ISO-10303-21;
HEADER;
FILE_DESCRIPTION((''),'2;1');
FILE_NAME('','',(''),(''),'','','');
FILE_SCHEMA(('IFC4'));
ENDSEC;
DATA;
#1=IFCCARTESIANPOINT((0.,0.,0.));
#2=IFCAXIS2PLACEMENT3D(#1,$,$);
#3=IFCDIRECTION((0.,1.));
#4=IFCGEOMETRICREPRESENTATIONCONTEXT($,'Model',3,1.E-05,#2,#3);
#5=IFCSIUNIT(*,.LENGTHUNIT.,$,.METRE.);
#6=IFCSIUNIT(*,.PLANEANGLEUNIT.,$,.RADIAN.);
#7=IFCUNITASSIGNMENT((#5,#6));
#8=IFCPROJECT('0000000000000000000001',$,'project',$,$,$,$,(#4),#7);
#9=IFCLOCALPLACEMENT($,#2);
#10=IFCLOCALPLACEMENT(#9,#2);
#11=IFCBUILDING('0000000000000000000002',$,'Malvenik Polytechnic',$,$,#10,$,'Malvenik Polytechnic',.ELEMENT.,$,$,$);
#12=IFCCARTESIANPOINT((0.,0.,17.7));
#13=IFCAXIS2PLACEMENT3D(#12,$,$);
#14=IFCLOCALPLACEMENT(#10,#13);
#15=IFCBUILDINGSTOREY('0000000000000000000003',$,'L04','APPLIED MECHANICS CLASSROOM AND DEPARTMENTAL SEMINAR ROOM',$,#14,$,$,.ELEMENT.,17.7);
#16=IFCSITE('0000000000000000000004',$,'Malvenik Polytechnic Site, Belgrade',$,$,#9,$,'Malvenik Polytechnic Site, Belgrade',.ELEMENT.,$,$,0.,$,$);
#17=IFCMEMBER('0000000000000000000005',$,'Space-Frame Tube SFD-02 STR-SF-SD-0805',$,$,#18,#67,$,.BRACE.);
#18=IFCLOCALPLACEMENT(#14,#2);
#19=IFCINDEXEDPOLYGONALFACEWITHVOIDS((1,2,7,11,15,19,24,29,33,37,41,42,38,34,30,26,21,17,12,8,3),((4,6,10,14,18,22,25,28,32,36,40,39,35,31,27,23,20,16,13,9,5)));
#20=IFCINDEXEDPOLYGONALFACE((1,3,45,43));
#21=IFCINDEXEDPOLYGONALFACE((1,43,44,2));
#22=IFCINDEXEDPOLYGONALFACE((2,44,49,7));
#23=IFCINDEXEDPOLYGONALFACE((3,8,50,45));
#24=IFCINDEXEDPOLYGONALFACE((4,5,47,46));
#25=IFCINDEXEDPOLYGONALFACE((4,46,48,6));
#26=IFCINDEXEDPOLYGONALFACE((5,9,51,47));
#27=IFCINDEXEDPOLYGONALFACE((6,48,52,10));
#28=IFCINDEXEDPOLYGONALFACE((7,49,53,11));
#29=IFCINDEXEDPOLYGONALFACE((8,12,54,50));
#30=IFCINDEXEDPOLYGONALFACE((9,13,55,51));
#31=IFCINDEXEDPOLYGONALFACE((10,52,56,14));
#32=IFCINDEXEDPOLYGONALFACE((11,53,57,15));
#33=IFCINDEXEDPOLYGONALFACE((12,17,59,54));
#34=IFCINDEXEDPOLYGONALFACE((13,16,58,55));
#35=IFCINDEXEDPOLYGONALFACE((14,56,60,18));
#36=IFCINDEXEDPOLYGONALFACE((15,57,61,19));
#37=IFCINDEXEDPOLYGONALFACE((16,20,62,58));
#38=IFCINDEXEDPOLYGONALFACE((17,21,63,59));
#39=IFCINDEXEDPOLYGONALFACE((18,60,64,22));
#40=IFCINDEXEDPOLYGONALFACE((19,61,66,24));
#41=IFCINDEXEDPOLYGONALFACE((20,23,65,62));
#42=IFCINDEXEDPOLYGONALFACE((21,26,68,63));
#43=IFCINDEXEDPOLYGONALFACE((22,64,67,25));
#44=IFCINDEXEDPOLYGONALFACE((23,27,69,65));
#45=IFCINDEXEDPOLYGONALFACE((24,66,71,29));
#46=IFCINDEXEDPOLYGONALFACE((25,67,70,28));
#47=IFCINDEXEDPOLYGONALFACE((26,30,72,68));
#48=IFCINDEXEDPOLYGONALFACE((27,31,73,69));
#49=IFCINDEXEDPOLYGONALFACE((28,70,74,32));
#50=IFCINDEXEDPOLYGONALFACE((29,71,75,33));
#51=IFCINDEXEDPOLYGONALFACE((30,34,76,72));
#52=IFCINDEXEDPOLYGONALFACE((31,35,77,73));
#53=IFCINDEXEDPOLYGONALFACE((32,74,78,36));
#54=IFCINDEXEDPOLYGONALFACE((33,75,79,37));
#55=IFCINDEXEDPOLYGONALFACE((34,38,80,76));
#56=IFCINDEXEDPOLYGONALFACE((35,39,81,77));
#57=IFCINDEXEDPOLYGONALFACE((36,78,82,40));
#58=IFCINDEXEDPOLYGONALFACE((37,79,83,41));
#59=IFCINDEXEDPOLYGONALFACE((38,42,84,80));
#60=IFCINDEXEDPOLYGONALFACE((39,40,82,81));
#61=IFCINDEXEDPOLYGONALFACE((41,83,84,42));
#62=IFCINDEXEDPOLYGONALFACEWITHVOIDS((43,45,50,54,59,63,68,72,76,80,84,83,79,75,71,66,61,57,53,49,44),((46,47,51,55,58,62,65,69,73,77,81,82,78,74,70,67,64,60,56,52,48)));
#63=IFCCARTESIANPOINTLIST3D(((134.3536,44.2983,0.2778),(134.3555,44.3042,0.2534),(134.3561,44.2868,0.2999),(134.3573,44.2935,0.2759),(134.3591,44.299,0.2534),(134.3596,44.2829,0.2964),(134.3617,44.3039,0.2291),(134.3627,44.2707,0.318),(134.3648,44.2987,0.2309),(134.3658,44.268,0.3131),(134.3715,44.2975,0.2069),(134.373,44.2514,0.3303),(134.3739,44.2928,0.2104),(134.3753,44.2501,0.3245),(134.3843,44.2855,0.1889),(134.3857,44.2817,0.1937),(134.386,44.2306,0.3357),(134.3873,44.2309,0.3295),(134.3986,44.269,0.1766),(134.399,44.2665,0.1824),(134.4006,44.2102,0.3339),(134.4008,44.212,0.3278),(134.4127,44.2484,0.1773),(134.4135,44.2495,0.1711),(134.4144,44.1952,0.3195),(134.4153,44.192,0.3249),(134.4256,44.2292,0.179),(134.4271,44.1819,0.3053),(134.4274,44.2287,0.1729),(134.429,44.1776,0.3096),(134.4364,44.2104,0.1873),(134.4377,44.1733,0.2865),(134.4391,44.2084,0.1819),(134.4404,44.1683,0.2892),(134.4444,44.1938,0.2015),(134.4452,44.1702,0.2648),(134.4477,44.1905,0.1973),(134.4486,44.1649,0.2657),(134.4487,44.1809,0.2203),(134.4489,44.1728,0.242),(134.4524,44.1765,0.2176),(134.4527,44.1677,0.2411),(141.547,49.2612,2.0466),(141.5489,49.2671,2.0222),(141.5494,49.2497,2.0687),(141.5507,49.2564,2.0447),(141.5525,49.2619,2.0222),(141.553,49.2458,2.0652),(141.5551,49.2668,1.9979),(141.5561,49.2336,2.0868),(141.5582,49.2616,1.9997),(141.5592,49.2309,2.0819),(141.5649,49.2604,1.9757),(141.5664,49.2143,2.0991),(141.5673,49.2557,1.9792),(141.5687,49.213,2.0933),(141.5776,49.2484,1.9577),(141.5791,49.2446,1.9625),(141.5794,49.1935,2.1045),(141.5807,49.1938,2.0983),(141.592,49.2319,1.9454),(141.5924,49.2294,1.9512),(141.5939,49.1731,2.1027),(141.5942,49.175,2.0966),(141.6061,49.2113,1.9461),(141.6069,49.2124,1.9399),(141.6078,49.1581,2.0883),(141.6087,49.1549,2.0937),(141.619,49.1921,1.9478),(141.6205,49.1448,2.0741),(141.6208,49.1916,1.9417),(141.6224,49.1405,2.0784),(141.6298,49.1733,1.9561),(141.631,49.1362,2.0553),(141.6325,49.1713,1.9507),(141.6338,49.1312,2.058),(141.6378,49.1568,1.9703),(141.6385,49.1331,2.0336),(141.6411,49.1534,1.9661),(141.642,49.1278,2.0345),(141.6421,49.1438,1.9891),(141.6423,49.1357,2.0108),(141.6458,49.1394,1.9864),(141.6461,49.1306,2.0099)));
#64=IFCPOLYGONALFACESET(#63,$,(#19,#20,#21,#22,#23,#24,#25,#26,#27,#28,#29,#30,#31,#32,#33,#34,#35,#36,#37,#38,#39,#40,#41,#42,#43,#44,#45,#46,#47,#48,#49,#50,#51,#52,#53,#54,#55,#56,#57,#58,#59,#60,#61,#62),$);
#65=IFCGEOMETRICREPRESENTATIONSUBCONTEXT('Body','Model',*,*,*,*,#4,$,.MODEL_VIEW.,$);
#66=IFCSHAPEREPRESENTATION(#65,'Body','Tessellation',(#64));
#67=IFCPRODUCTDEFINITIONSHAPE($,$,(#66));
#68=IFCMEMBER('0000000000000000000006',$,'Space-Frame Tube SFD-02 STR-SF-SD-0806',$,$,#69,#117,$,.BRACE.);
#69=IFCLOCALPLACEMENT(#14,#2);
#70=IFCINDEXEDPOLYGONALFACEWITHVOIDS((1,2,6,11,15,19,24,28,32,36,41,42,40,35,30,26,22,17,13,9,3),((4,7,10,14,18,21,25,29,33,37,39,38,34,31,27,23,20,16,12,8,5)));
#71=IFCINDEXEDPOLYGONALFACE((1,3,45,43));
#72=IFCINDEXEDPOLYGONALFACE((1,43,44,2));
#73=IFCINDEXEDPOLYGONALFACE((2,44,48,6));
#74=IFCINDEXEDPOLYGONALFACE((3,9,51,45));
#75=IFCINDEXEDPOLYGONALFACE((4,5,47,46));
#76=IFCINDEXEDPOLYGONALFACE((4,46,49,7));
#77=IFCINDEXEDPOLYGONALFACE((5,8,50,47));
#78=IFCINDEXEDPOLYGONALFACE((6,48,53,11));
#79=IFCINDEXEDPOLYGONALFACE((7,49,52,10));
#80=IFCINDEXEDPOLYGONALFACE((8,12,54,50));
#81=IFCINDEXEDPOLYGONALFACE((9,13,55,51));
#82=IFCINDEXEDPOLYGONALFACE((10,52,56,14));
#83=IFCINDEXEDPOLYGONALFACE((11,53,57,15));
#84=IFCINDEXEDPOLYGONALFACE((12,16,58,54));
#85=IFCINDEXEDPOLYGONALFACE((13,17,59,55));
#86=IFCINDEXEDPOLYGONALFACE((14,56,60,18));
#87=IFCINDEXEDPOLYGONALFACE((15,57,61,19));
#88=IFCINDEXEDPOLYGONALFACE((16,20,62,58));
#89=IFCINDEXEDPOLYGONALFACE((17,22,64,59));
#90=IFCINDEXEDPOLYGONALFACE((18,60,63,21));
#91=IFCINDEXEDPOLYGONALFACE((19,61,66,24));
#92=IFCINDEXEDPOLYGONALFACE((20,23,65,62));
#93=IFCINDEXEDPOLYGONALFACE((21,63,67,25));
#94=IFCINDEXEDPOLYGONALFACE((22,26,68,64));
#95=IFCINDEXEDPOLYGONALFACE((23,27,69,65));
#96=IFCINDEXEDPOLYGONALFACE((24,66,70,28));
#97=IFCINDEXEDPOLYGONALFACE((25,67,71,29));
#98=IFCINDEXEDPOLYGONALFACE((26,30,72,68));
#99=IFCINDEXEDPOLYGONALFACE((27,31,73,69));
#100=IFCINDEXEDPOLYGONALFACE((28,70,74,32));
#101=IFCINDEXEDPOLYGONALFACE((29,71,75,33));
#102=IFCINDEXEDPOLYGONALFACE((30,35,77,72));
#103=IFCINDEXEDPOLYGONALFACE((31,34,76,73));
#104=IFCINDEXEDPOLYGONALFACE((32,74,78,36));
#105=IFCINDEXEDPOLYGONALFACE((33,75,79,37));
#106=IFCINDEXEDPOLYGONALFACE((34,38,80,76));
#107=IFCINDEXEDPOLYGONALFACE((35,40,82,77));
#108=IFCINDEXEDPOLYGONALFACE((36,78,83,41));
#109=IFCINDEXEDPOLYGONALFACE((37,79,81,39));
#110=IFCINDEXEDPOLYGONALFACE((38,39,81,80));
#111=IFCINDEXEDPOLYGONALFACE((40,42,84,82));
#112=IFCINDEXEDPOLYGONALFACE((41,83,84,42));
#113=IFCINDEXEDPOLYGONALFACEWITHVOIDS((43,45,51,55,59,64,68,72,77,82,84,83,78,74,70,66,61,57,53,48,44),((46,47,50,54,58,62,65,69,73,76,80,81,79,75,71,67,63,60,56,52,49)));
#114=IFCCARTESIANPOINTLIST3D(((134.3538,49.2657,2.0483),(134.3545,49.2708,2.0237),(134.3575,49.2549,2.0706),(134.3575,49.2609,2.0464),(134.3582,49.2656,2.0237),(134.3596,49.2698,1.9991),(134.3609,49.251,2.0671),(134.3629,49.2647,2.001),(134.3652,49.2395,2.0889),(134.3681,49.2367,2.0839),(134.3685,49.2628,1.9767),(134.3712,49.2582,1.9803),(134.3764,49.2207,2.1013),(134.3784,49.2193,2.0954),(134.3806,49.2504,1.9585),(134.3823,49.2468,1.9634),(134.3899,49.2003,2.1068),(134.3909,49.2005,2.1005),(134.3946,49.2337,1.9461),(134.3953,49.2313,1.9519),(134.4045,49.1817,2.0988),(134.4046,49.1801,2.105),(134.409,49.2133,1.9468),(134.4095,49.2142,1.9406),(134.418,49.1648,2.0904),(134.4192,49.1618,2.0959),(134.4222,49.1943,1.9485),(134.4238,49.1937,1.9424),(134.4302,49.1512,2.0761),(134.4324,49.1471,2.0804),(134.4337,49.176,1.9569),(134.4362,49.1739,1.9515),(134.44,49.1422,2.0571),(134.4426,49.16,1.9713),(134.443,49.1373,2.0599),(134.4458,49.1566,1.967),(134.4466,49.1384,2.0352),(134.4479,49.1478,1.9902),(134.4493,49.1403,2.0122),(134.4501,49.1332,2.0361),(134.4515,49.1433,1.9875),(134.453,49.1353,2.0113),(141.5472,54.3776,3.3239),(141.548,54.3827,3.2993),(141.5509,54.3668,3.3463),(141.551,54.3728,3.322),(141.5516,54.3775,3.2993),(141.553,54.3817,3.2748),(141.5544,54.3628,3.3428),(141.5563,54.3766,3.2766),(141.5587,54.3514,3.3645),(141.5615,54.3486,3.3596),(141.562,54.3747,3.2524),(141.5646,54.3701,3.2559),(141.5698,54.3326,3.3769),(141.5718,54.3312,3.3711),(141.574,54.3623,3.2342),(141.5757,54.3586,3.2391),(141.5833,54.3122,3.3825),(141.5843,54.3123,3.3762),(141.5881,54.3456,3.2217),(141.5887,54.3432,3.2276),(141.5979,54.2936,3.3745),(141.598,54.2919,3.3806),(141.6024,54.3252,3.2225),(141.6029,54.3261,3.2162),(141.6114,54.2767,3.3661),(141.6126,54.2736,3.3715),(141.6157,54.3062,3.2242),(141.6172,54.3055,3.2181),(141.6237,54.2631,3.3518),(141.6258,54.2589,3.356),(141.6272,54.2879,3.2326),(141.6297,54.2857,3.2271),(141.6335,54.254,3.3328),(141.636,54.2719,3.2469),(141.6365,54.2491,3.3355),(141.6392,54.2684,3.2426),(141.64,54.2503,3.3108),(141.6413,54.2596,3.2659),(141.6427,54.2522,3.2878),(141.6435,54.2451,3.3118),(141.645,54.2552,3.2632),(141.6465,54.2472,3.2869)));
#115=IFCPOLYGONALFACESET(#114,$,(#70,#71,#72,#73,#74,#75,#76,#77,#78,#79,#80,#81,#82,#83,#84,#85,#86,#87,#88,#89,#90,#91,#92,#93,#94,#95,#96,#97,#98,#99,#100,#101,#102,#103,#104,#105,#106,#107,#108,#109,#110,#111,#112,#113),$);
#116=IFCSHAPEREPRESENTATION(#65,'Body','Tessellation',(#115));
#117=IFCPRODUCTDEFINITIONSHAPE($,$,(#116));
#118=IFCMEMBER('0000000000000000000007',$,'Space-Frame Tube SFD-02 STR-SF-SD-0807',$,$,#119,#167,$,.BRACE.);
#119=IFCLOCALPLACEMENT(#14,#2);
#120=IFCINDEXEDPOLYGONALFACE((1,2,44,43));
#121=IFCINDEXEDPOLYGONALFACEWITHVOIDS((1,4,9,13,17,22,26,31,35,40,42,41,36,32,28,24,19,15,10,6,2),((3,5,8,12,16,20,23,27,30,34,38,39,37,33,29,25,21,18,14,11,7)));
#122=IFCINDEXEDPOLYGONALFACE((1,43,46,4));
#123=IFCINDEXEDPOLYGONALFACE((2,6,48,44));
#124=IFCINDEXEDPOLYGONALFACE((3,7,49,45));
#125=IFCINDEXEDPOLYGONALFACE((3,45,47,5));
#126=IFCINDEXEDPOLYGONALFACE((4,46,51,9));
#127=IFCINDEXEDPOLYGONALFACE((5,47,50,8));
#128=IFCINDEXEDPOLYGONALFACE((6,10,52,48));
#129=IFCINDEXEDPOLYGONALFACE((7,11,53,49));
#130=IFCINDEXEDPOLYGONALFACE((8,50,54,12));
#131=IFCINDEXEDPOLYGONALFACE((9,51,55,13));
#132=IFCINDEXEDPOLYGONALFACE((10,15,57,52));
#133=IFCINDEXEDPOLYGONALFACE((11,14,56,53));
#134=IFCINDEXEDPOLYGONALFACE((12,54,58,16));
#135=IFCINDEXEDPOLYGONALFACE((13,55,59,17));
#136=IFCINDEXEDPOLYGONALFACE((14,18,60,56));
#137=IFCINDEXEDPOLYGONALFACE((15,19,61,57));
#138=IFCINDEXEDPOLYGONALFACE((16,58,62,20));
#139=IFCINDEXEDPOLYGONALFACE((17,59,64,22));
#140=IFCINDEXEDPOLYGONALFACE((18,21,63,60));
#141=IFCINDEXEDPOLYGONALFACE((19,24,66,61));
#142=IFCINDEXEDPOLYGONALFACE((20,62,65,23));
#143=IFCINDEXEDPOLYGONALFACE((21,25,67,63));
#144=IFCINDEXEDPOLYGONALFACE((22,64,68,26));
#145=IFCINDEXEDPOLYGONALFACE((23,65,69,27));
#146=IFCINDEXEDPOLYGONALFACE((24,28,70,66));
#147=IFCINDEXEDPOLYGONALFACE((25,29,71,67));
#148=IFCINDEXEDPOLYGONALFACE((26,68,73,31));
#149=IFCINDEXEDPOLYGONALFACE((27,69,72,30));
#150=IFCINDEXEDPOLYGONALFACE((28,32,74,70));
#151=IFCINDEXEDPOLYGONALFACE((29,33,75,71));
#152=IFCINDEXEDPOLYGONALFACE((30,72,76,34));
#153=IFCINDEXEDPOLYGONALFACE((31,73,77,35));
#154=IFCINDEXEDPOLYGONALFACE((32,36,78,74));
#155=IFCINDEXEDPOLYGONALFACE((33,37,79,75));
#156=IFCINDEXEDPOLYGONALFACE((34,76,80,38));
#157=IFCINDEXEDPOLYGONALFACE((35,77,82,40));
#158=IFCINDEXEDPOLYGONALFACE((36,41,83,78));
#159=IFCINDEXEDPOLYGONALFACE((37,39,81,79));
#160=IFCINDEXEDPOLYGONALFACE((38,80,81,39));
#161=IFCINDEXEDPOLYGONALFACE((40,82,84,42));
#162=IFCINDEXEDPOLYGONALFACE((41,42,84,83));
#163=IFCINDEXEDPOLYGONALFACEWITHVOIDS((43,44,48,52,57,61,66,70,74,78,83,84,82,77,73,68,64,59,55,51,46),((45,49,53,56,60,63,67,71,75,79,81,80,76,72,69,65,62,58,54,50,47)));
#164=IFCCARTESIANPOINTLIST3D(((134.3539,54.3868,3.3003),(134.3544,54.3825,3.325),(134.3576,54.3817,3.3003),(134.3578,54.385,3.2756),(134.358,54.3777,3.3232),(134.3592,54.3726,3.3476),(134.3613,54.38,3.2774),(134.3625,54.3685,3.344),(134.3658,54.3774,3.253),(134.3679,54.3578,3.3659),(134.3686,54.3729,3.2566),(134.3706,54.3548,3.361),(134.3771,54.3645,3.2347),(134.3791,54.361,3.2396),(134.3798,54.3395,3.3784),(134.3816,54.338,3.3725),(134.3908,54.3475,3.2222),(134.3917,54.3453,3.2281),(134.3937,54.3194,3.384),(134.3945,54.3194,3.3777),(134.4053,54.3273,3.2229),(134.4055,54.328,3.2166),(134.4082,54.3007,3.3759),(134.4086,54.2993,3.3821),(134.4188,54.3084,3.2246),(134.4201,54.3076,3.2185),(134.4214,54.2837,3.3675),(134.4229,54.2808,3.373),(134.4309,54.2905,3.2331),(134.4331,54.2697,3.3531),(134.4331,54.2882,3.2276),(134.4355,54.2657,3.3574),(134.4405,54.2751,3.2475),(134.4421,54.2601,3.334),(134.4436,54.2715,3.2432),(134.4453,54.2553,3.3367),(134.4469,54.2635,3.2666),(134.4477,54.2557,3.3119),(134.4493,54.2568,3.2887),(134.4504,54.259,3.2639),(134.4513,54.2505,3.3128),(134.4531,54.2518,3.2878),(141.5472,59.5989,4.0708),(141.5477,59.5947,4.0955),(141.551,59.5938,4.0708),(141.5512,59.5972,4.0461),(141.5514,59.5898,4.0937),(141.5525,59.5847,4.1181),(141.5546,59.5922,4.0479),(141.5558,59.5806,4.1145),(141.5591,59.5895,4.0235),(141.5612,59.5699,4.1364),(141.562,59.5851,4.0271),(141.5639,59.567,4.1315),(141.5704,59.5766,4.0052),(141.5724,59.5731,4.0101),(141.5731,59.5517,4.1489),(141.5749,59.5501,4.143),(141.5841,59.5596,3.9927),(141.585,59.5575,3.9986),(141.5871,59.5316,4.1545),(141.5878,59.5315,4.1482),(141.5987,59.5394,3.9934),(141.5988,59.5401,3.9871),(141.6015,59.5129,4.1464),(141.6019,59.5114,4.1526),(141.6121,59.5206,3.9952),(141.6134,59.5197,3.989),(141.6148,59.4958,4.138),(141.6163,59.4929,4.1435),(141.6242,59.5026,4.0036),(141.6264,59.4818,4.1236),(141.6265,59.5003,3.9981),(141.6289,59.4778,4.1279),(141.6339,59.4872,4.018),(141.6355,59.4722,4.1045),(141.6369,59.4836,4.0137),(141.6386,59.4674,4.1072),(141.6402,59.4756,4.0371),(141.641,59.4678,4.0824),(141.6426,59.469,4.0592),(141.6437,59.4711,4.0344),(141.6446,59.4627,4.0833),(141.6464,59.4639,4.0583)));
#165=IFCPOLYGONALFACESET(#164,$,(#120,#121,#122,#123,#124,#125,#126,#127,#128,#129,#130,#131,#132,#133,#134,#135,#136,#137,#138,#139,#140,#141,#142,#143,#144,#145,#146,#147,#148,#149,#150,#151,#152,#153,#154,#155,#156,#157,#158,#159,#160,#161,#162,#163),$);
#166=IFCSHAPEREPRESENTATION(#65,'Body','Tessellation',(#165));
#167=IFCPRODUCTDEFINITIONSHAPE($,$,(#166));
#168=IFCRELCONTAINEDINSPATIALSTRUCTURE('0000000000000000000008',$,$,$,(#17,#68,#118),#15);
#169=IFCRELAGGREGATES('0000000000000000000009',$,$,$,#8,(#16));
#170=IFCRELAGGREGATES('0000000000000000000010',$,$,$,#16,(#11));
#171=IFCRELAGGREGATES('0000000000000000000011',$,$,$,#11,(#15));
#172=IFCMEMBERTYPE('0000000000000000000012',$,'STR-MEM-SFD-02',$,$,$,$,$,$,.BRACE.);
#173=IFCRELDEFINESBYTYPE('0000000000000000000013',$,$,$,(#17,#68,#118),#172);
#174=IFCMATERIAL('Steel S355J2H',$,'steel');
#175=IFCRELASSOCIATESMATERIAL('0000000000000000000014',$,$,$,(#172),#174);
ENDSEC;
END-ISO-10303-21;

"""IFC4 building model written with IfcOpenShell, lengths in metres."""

from ifc_helpers import new_model, si_unit, direction, frame, origin, origin_2d, place, context, subcontext, project, spatial, hollow_circle, extrude, material, material_profile, profile_set, type_object, element, save


model = new_model("IFC4")

# Units and contexts
model_context = context("Model", 3, precision=1e-05, world=origin(), true_north=direction((0.0, 1.0)))
body_context = subcontext(model_context, "Body", "Model", "MODEL_VIEW")
ifc_project = project(units=[si_unit("LENGTHUNIT", "METRE"), si_unit("PLANEANGLEUNIT", "RADIAN")], contexts=[model_context])

# Site, building, storey
site_placement = place(None, origin())
site = spatial("IfcSite", under=ifc_project, at=site_placement, Name="Malvenik Polytechnic Site, Belgrade", LongName="Malvenik Polytechnic Site, Belgrade", CompositionType="ELEMENT", RefElevation=0.0)
building_placement = place(site_placement, origin())
building = spatial("IfcBuilding", under=site, at=building_placement, Name="Malvenik Polytechnic", LongName="Malvenik Polytechnic", CompositionType="ELEMENT")
storey_placement = place(building_placement, frame((0.0, 0.0, 17.7)))
storey = spatial("IfcBuildingStorey", under=building, at=storey_placement, Name="L04", Description="APPLIED MECHANICS CLASSROOM AND DEPARTMENTAL SEMINAR ROOM", CompositionType="ELEMENT", Elevation=17.7)

# Members
ifc_material = material(Name="Steel S355J2H", Category="steel")
ifc_material_profile_1 = material_profile(ifc_material, hollow_circle(Radius=0.0842, WallThickness=0.0063, at=origin_2d()), Name="CHS 168.3x6.3")
ifc_profile_set_1 = profile_set([ifc_material_profile_1], Name="Steel S355J2H")
member_type_1 = type_object("IfcMemberType", Name="STR-MEM-SFD-02", PredefinedType="BRACE", material=ifc_profile_set_1)
for number, where, z_axis, x_axis, name in (
    (1, (134.4033, 44.2349, 0.2534), (0.80675, 0.556598, 0.198374), (-0.567884, 0.823108, 0.0), "Space-Frame Tube SFD-02 STR-SF-SD-0805"),
    (2, (134.4033, 49.2021, 2.0237), (0.806755, 0.573304, 0.143066), (-0.579263, 0.815141, 0.0), "Space-Frame Tube SFD-02 STR-SF-SD-0806"),
    (3, (134.4033, 54.3186, 3.3003), (0.806743, 0.584549, 0.086413), (-0.586744, 0.809772, 0.0), "Space-Frame Tube SFD-02 STR-SF-SD-0807"),
):
    element("IfcMember", number, at=place(storey_placement, frame(where, z_axis=z_axis, x_axis=x_axis)), inside=storey, type_object=member_type_1, Name=name, PredefinedType="BRACE", context=body_context, shape_type="SweptSolid", body=[
        extrude(hollow_circle(Radius=0.0842, WallThickness=0.0063, at=origin_2d()), origin(), (0.0, 0.0, 1.0), 8.9165),
    ])

save(model, "model.ifc")
